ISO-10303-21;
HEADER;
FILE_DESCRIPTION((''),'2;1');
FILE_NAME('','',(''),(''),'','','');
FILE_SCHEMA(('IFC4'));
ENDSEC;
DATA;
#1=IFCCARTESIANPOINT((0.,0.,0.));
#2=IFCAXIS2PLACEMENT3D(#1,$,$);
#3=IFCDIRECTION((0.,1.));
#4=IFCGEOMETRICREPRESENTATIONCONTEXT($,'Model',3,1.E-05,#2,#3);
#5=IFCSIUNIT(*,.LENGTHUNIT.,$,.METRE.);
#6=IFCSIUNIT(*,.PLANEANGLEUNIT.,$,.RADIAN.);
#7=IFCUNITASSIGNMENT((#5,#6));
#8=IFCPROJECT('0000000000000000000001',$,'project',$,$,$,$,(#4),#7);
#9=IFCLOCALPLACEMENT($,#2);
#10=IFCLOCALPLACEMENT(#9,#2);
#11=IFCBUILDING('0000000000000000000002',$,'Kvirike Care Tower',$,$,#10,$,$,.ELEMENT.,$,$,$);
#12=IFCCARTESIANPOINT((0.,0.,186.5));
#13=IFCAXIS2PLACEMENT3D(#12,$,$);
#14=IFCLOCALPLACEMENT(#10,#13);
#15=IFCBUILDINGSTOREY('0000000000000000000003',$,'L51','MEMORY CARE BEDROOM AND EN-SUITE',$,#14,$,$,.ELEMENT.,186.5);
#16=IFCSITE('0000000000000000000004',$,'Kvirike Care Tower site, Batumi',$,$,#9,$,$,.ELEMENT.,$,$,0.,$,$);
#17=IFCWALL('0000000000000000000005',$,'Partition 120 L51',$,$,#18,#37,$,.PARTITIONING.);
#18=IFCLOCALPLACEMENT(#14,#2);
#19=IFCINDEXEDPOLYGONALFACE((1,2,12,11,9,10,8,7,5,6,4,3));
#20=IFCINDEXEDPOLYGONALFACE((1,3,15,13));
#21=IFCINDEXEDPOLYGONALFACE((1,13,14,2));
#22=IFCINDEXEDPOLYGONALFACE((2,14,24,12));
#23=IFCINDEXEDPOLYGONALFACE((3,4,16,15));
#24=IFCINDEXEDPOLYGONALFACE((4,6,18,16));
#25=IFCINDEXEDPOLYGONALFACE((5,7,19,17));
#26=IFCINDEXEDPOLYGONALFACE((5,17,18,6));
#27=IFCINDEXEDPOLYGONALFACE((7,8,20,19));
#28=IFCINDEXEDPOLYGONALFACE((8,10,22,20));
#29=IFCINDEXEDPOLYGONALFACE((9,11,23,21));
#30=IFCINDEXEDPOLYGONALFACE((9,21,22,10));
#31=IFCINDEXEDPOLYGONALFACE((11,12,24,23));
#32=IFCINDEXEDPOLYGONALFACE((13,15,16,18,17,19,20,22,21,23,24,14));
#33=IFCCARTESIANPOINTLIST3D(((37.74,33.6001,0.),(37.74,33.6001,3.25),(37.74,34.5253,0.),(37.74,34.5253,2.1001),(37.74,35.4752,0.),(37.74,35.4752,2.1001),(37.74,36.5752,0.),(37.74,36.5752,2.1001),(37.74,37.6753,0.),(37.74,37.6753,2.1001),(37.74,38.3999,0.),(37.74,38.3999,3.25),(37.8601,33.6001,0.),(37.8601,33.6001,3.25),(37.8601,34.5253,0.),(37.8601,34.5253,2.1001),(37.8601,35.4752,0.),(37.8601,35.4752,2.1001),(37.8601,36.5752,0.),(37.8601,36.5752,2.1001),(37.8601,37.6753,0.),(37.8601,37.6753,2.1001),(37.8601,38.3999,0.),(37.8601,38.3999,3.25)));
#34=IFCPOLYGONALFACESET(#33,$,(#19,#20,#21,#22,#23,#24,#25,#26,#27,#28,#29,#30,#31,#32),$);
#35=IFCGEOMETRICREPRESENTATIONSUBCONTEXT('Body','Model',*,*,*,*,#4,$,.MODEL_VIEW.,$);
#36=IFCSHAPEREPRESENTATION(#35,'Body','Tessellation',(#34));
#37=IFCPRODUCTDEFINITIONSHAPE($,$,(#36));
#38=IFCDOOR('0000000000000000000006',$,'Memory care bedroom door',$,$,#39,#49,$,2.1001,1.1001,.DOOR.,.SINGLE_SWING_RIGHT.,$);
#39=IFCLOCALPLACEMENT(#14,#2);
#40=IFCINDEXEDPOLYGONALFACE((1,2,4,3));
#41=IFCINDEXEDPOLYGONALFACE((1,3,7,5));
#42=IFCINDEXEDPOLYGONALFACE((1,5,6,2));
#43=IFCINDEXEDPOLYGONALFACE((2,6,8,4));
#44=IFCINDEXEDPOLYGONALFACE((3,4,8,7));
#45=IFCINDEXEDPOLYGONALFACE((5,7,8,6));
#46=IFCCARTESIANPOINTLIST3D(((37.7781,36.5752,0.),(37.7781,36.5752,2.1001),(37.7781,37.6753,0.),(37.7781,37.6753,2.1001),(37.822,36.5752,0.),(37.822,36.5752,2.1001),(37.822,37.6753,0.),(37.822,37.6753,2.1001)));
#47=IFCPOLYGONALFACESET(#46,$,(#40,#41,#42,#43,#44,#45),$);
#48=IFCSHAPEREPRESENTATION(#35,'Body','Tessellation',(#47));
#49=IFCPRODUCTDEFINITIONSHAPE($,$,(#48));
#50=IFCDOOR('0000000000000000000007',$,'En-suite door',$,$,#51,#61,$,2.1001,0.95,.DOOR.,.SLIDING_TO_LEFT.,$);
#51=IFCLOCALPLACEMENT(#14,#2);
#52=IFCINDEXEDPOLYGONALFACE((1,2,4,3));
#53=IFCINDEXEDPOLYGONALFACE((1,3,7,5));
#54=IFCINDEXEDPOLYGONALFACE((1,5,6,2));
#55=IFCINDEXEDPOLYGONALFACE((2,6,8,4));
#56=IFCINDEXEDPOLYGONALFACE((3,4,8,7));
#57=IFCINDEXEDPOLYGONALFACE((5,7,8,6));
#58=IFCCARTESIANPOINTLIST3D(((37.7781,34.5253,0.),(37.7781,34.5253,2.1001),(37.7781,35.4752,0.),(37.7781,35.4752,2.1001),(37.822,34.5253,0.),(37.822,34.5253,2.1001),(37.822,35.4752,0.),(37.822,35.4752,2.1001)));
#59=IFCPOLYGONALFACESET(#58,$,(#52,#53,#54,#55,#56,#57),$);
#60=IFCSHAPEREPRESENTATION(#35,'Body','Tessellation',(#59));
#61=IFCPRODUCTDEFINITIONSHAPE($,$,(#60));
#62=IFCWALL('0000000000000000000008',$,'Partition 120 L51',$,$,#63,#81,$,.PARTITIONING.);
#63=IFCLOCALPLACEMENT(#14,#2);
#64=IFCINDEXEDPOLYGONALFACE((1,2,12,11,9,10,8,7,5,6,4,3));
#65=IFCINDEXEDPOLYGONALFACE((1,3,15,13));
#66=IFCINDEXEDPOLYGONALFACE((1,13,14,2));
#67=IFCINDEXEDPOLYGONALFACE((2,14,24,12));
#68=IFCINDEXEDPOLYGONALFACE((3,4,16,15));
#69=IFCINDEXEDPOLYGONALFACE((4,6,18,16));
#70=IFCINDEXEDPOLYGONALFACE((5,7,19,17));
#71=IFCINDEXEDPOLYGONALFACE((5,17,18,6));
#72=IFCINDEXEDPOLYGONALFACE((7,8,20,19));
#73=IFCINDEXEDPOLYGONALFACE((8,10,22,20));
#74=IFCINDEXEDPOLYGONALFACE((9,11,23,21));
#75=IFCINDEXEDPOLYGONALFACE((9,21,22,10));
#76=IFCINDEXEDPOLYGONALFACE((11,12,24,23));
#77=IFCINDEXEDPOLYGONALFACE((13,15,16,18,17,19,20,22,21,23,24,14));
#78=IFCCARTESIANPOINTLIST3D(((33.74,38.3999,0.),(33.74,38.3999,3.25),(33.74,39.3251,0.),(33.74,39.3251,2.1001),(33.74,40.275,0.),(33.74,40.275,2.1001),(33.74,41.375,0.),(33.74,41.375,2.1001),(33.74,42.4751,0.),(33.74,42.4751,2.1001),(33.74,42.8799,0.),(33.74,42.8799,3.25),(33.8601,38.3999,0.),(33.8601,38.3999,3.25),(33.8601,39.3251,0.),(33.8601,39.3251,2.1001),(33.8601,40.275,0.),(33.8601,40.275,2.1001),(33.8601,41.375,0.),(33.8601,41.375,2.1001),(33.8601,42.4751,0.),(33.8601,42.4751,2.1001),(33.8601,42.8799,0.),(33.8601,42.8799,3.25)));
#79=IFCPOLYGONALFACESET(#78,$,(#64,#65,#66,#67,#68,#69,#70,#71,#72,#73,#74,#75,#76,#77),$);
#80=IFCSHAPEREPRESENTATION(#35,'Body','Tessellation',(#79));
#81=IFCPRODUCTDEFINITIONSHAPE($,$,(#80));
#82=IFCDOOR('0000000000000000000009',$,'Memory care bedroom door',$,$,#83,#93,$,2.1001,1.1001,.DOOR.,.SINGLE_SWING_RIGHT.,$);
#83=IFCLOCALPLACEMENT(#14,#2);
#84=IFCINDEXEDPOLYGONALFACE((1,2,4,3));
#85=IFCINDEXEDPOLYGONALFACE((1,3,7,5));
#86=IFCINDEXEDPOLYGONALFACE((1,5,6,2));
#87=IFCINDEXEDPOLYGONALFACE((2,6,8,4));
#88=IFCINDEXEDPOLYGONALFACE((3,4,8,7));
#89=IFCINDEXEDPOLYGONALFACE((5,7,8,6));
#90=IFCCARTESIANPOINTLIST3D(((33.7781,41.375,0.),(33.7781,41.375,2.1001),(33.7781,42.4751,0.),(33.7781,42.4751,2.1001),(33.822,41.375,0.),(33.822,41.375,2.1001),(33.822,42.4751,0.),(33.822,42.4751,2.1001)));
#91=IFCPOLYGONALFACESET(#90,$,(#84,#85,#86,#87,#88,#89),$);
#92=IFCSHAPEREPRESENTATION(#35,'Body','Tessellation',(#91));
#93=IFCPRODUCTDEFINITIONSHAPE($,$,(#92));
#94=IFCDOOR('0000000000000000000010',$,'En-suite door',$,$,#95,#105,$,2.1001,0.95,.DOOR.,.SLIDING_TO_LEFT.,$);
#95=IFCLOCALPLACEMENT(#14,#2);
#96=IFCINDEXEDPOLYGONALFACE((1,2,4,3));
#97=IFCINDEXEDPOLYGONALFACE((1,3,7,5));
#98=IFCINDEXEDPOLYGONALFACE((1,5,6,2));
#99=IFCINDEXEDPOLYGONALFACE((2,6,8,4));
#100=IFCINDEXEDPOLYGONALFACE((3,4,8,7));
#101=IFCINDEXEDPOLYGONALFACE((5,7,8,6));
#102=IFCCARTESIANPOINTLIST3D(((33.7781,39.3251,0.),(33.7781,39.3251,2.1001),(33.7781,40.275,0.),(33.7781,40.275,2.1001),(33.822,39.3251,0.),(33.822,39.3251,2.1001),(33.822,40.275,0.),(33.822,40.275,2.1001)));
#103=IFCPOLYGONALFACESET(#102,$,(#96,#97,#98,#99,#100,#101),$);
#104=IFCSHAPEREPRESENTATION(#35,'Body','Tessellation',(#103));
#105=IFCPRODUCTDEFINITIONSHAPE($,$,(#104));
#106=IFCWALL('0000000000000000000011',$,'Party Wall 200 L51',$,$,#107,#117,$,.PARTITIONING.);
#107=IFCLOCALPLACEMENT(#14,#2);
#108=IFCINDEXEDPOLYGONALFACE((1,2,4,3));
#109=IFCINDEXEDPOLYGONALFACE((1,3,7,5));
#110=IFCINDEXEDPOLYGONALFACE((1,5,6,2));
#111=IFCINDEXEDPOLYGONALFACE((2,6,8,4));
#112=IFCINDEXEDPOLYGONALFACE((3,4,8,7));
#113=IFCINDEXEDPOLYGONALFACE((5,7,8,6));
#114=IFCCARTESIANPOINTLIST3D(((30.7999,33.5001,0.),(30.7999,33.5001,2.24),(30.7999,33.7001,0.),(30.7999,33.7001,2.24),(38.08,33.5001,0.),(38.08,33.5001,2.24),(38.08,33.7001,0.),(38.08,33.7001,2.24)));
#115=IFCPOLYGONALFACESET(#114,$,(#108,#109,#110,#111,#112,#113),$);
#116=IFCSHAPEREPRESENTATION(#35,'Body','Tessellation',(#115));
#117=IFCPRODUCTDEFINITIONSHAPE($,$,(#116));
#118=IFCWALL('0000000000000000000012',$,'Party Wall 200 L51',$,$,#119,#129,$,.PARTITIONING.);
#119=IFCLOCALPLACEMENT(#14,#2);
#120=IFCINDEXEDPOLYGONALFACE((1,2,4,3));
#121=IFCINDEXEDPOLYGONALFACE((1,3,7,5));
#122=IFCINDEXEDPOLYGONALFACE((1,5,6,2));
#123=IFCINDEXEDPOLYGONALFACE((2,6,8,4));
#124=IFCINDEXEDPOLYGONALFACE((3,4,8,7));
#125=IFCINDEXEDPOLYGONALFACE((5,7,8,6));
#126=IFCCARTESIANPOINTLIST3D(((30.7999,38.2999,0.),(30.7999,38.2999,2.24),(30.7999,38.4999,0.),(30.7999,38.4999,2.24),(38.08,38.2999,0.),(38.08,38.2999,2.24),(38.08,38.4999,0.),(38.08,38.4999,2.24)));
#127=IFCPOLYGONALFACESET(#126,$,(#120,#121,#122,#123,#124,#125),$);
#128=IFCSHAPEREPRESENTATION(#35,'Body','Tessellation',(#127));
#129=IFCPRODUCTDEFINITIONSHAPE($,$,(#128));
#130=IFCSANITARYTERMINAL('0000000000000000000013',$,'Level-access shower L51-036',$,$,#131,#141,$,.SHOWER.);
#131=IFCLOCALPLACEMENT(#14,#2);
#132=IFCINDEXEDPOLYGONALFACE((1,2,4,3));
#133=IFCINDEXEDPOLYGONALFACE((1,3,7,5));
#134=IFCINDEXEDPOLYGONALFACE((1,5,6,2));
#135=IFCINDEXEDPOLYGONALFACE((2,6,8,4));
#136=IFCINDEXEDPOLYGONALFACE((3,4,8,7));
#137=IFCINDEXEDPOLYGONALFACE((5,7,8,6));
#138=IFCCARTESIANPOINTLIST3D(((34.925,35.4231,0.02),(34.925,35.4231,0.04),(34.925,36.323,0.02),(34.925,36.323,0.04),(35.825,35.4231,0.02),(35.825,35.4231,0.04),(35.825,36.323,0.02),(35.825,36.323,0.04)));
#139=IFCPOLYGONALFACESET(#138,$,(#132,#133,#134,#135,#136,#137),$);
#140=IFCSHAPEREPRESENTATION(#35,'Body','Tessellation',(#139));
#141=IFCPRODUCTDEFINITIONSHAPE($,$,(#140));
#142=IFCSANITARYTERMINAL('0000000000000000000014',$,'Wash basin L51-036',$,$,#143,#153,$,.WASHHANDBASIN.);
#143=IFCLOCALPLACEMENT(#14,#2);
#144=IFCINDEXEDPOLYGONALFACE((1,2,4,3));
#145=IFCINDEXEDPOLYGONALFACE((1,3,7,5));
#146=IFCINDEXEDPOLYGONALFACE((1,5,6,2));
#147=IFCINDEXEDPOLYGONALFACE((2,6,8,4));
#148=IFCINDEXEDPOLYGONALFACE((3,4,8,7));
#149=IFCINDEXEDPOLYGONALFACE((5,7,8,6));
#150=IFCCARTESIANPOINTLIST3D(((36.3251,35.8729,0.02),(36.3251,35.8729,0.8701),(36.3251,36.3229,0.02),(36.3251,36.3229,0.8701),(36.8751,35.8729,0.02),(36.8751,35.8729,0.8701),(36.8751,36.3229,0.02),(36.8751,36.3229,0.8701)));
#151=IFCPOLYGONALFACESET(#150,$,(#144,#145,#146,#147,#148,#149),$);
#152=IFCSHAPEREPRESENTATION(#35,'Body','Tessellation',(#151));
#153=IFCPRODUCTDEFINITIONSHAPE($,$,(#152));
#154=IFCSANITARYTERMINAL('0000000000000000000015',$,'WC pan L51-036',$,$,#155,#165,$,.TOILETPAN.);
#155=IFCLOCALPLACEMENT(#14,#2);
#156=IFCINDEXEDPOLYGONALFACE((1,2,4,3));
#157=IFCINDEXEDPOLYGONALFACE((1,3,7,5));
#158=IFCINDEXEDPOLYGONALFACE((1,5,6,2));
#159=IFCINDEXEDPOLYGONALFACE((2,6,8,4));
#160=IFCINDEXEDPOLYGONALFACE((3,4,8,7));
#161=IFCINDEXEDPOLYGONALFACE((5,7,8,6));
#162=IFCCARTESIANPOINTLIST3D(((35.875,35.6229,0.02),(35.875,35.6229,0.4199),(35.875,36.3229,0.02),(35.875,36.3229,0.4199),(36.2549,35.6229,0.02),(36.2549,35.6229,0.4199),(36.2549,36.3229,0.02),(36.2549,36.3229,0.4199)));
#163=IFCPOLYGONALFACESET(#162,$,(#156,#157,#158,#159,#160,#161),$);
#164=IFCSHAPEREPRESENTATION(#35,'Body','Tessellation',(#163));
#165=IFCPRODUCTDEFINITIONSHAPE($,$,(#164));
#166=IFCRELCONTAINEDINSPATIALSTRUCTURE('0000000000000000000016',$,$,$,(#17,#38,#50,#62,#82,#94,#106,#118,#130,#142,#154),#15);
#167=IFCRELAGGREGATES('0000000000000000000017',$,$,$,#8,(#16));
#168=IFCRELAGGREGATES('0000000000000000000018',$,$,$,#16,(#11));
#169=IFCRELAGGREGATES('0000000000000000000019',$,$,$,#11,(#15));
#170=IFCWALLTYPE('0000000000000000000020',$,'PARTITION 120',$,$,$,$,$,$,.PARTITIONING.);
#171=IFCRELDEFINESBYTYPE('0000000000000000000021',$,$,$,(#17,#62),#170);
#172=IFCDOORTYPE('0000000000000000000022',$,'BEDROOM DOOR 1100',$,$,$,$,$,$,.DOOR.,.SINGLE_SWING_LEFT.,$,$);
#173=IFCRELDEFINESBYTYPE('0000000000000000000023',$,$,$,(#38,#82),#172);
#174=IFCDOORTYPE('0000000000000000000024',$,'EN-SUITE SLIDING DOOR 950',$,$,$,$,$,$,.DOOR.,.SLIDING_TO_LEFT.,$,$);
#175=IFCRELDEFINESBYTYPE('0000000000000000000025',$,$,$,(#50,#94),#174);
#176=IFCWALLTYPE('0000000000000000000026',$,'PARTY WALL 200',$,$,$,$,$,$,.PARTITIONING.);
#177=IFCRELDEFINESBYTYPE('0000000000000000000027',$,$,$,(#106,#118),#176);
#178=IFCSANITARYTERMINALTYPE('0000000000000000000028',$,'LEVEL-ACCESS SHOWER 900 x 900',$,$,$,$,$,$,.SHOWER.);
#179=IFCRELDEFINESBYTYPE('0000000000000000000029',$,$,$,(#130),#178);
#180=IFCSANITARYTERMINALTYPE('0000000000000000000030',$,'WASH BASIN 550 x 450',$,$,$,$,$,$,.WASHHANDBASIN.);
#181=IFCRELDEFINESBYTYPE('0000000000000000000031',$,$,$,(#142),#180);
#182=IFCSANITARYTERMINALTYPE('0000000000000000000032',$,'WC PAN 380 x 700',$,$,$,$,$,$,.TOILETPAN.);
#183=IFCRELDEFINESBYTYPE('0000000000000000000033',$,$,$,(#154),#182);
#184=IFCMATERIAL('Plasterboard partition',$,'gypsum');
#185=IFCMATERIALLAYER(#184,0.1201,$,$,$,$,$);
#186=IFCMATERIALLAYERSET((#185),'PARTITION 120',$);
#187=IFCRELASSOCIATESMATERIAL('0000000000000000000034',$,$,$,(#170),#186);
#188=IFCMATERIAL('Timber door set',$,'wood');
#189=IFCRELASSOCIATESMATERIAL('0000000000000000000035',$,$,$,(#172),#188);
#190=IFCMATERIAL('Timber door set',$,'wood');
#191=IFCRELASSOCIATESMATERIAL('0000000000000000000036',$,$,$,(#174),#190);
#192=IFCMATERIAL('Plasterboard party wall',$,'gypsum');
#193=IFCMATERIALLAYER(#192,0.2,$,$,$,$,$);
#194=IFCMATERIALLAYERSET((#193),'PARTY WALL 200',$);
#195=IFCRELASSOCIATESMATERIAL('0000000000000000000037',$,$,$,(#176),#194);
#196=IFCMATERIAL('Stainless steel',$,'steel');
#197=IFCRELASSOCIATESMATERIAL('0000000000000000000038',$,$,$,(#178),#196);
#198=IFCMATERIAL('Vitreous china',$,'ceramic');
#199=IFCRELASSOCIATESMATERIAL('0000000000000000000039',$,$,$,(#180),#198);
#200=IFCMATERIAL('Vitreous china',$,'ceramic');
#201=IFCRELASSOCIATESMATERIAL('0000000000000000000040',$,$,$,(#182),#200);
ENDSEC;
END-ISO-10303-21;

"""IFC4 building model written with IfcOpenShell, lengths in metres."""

from ifc_helpers import new_model, si_unit, direction, frame, frame_2d, origin, origin_2d, place, context, subcontext, project, spatial, rectangle, extrude, material, layer, layer_set, type_object, element, fill, save


model = new_model("IFC4")

# Units and contexts
model_context = context("Model", 3, precision=1e-05, world=origin(), true_north=direction((0.0, 1.0)))
body_context = subcontext(model_context, "Body", "Model", "MODEL_VIEW")
ifc_project = project(units=[si_unit("LENGTHUNIT", "METRE"), si_unit("PLANEANGLEUNIT", "RADIAN")], contexts=[model_context])

# Site, building, storey
site_placement = place(None, origin())
site = spatial("IfcSite", under=ifc_project, at=site_placement, Name="Kvirike Care Tower site, Batumi", CompositionType="ELEMENT", RefElevation=0.0)
building_placement = place(site_placement, origin())
building = spatial("IfcBuilding", under=site, at=building_placement, Name="Kvirike Care Tower", CompositionType="ELEMENT")
storey_placement = place(building_placement, frame((0.0, 0.0, 186.5)))
storey = spatial("IfcBuildingStorey", under=building, at=storey_placement, Name="L51", Description="MEMORY CARE BEDROOM AND EN-SUITE", CompositionType="ELEMENT", Elevation=186.5)

# Walls, openings, doors
ifc_material_1 = material(Name="Plasterboard partition", Category="gypsum")
ifc_layer_1 = layer(ifc_material_1, 0.1201)
ifc_layer_set_1 = layer_set([ifc_layer_1], Name="PARTITION 120")
wall_type_1 = type_object("IfcWallType", Name="PARTITION 120", PredefinedType="PARTITIONING", material=ifc_layer_set_1)
wall_1_placement = place(storey_placement, frame((37.8, 33.6001, 0.0), z_axis=(0.0, 0.0, 1.0), x_axis=(0.0, 1.0, 0.0)))
wall_1 = element("IfcWall", 1, at=wall_1_placement, inside=storey, type_object=wall_type_1, Name="Partition 120 L51", PredefinedType="PARTITIONING", context=body_context, shape_type="SweptSolid", body=[
    extrude(rectangle(XDim=4.7998, YDim=0.1201, at=frame_2d((2.3999, 0.0))), origin(), (0.0, 0.0, 1.0), 3.25),
])
opening_1_placement = place(wall_1_placement, frame((2.9751, 0.0, 0.0)))
opening_1 = element("IfcOpeningElement", 2, at=opening_1_placement, cuts=wall_1, PredefinedType="OPENING", context=body_context, shape_type="SweptSolid", body=[
    extrude(rectangle(XDim=1.1001, YDim=2.1001, at=frame_2d((0.55, 1.05))), frame((0.0, 0.0706, 0.0), z_axis=(0.0, -1.0, 0.0), x_axis=(1.0, 0.0, 0.0)), (0.0, 0.0, 1.0), 0.1411),
])
opening_2_placement = place(wall_1_placement, frame((0.925, 0.0, 0.0)))
opening_2 = element("IfcOpeningElement", 3, at=opening_2_placement, cuts=wall_1, PredefinedType="OPENING", context=body_context, shape_type="SweptSolid", body=[
    extrude(rectangle(XDim=0.95, YDim=2.1001, at=frame_2d((0.4751, 1.05))), frame((0.0, 0.0706, 0.0), z_axis=(0.0, -1.0, 0.0), x_axis=(1.0, 0.0, 0.0)), (0.0, 0.0, 1.0), 0.1411),
])
ifc_material_2 = material(Name="Timber door set", Category="wood")
door_type_1 = type_object("IfcDoorType", Name="BEDROOM DOOR 1100", OperationType="SINGLE_SWING_LEFT", PredefinedType="DOOR", material=ifc_material_2)
door_1_placement = place(opening_1_placement, origin())
door_1 = element("IfcDoor", 4, at=door_1_placement, inside=storey, type_object=door_type_1, Name="Memory care bedroom door", OperationType="SINGLE_SWING_RIGHT", OverallHeight=2.1001, OverallWidth=1.1001, PredefinedType="DOOR", context=body_context, shape_type="SweptSolid", body=[
    extrude(rectangle(XDim=1.1001, YDim=2.1001, at=frame_2d((0.55, 1.05))), frame((0.0, 0.022, 0.0), z_axis=(0.0, -1.0, 0.0), x_axis=(1.0, 0.0, 0.0)), (0.0, 0.0, 1.0), 0.0439),
])
fill(opening_1, door_1)
ifc_material_3 = material(Name="Timber door set", Category="wood")
door_type_2 = type_object("IfcDoorType", Name="EN-SUITE SLIDING DOOR 950", OperationType="SLIDING_TO_LEFT", PredefinedType="DOOR", material=ifc_material_3)
door_2_placement = place(opening_2_placement, origin())
door_2 = element("IfcDoor", 5, at=door_2_placement, inside=storey, type_object=door_type_2, Name="En-suite door", OperationType="SLIDING_TO_LEFT", OverallHeight=2.1001, OverallWidth=0.95, PredefinedType="DOOR", context=body_context, shape_type="SweptSolid", body=[
    extrude(rectangle(XDim=0.95, YDim=2.1001, at=frame_2d((0.4751, 1.05))), frame((0.0, 0.022, 0.0), z_axis=(0.0, -1.0, 0.0), x_axis=(1.0, 0.0, 0.0)), (0.0, 0.0, 1.0), 0.0439),
])
fill(opening_2, door_2)
wall_2_placement = place(storey_placement, frame((33.8, 38.3999, 0.0), z_axis=(0.0, 0.0, 1.0), x_axis=(0.0, 1.0, 0.0)))
wall_2 = element("IfcWall", 6, at=wall_2_placement, inside=storey, type_object=wall_type_1, Name="Partition 120 L51", PredefinedType="PARTITIONING", context=body_context, shape_type="SweptSolid", body=[
    extrude(rectangle(XDim=4.48, YDim=0.1201, at=frame_2d((2.24, 0.0))), origin(), (0.0, 0.0, 1.0), 3.25),
])
opening_3_placement = place(wall_2_placement, frame((2.9751, 0.0, 0.0)))
opening_3 = element("IfcOpeningElement", 7, at=opening_3_placement, cuts=wall_2, PredefinedType="OPENING", context=body_context, shape_type="SweptSolid", body=[
    extrude(rectangle(XDim=1.1001, YDim=2.1001, at=frame_2d((0.55, 1.05))), frame((0.0, 0.0706, 0.0), z_axis=(0.0, -1.0, 0.0), x_axis=(1.0, 0.0, 0.0)), (0.0, 0.0, 1.0), 0.1411),
])
opening_4_placement = place(wall_2_placement, frame((0.925, 0.0, 0.0)))
opening_4 = element("IfcOpeningElement", 8, at=opening_4_placement, cuts=wall_2, PredefinedType="OPENING", context=body_context, shape_type="SweptSolid", body=[
    extrude(rectangle(XDim=0.95, YDim=2.1001, at=frame_2d((0.4751, 1.05))), frame((0.0, 0.0706, 0.0), z_axis=(0.0, -1.0, 0.0), x_axis=(1.0, 0.0, 0.0)), (0.0, 0.0, 1.0), 0.1411),
])
door_3_placement = place(opening_3_placement, origin())
door_3 = element("IfcDoor", 9, at=door_3_placement, inside=storey, type_object=door_type_1, Name="Memory care bedroom door", OperationType="SINGLE_SWING_RIGHT", OverallHeight=2.1001, OverallWidth=1.1001, PredefinedType="DOOR", context=body_context, shape_type="SweptSolid", body=[
    extrude(rectangle(XDim=1.1001, YDim=2.1001, at=frame_2d((0.55, 1.05))), frame((0.0, 0.022, 0.0), z_axis=(0.0, -1.0, 0.0), x_axis=(1.0, 0.0, 0.0)), (0.0, 0.0, 1.0), 0.0439),
])
fill(opening_3, door_3)
door_4_placement = place(opening_4_placement, origin())
door_4 = element("IfcDoor", 10, at=door_4_placement, inside=storey, type_object=door_type_2, Name="En-suite door", OperationType="SLIDING_TO_LEFT", OverallHeight=2.1001, OverallWidth=0.95, PredefinedType="DOOR", context=body_context, shape_type="SweptSolid", body=[
    extrude(rectangle(XDim=0.95, YDim=2.1001, at=frame_2d((0.4751, 1.05))), frame((0.0, 0.022, 0.0), z_axis=(0.0, -1.0, 0.0), x_axis=(1.0, 0.0, 0.0)), (0.0, 0.0, 1.0), 0.0439),
])
fill(opening_4, door_4)

# Walls
ifc_material_4 = material(Name="Plasterboard party wall", Category="gypsum")
ifc_layer_2 = layer(ifc_material_4, 0.2)
ifc_layer_set_2 = layer_set([ifc_layer_2], Name="PARTY WALL 200")
wall_type_2 = type_object("IfcWallType", Name="PARTY WALL 200", PredefinedType="PARTITIONING", material=ifc_layer_set_2)
for number, where, z_axis, x_axis, name in (
    (11, (38.0801, 33.6001, 0.0), (0.0, 0.0, 1.0), (-1.0, 0.0, 0.0), "Party Wall 200 L51"),
    (12, (38.0801, 38.3999, 0.0), (0.0, 0.0, 1.0), (-1.0, 0.0, 0.0), "Party Wall 200 L51"),
):
    element("IfcWall", number, at=place(storey_placement, frame(where, z_axis=z_axis, x_axis=x_axis)), inside=storey, type_object=wall_type_2, Name=name, PredefinedType="PARTITIONING", context=body_context, shape_type="SweptSolid", body=[
        extrude(rectangle(XDim=7.28, YDim=0.2, at=frame_2d((3.6401, 0.0))), origin(), (0.0, 0.0, 1.0), 2.24),
    ])

# Sanitary terminals
ifc_material_5 = material(Name="Stainless steel", Category="steel")
sanitary_terminal_type_1 = type_object("IfcSanitaryTerminalType", Name="LEVEL-ACCESS SHOWER 900 x 900", PredefinedType="SHOWER", material=ifc_material_5)
sanitary_terminal_1_placement = place(storey_placement, frame((35.375, 35.873, 0.02), z_axis=(0.0, 0.0, 1.0), x_axis=(1.0, 0.0, 0.0)))
element("IfcSanitaryTerminal", 13, at=sanitary_terminal_1_placement, inside=storey, type_object=sanitary_terminal_type_1, Name="Level-access shower L51-036", PredefinedType="SHOWER", context=body_context, shape_type="SweptSolid", body=[
    extrude(rectangle(XDim=0.8999, YDim=0.8999, at=origin_2d()), origin(), (0.0, 0.0, 1.0), 0.02),
])
ifc_material_6 = material(Name="Vitreous china", Category="ceramic")
sanitary_terminal_type_2 = type_object("IfcSanitaryTerminalType", Name="WASH BASIN 550 x 450", PredefinedType="WASHHANDBASIN", material=ifc_material_6)
sanitary_terminal_2_placement = place(storey_placement, frame((36.6001, 36.0979, 0.02), z_axis=(0.0, 0.0, 1.0), x_axis=(1.0, 0.0, 0.0)))
element("IfcSanitaryTerminal", 14, at=sanitary_terminal_2_placement, inside=storey, type_object=sanitary_terminal_type_2, Name="Wash basin L51-036", PredefinedType="WASHHANDBASIN", context=body_context, shape_type="SweptSolid", body=[
    extrude(rectangle(XDim=0.55, YDim=0.45, at=origin_2d()), origin(), (0.0, 0.0, 1.0), 0.8501),
])
ifc_material_7 = material(Name="Vitreous china", Category="ceramic")
sanitary_terminal_type_3 = type_object("IfcSanitaryTerminalType", Name="WC PAN 380 x 700", PredefinedType="TOILETPAN", material=ifc_material_7)
sanitary_terminal_3_placement = place(storey_placement, frame((36.0649, 35.9729, 0.02), z_axis=(0.0, 0.0, 1.0), x_axis=(1.0, 0.0, 0.0)))
element("IfcSanitaryTerminal", 15, at=sanitary_terminal_3_placement, inside=storey, type_object=sanitary_terminal_type_3, Name="WC pan L51-036", PredefinedType="TOILETPAN", context=body_context, shape_type="SweptSolid", body=[
    extrude(rectangle(XDim=0.3799, YDim=0.7, at=origin_2d()), origin(), (0.0, 0.0, 1.0), 0.3999),
])

save(model, "model.ifc")
